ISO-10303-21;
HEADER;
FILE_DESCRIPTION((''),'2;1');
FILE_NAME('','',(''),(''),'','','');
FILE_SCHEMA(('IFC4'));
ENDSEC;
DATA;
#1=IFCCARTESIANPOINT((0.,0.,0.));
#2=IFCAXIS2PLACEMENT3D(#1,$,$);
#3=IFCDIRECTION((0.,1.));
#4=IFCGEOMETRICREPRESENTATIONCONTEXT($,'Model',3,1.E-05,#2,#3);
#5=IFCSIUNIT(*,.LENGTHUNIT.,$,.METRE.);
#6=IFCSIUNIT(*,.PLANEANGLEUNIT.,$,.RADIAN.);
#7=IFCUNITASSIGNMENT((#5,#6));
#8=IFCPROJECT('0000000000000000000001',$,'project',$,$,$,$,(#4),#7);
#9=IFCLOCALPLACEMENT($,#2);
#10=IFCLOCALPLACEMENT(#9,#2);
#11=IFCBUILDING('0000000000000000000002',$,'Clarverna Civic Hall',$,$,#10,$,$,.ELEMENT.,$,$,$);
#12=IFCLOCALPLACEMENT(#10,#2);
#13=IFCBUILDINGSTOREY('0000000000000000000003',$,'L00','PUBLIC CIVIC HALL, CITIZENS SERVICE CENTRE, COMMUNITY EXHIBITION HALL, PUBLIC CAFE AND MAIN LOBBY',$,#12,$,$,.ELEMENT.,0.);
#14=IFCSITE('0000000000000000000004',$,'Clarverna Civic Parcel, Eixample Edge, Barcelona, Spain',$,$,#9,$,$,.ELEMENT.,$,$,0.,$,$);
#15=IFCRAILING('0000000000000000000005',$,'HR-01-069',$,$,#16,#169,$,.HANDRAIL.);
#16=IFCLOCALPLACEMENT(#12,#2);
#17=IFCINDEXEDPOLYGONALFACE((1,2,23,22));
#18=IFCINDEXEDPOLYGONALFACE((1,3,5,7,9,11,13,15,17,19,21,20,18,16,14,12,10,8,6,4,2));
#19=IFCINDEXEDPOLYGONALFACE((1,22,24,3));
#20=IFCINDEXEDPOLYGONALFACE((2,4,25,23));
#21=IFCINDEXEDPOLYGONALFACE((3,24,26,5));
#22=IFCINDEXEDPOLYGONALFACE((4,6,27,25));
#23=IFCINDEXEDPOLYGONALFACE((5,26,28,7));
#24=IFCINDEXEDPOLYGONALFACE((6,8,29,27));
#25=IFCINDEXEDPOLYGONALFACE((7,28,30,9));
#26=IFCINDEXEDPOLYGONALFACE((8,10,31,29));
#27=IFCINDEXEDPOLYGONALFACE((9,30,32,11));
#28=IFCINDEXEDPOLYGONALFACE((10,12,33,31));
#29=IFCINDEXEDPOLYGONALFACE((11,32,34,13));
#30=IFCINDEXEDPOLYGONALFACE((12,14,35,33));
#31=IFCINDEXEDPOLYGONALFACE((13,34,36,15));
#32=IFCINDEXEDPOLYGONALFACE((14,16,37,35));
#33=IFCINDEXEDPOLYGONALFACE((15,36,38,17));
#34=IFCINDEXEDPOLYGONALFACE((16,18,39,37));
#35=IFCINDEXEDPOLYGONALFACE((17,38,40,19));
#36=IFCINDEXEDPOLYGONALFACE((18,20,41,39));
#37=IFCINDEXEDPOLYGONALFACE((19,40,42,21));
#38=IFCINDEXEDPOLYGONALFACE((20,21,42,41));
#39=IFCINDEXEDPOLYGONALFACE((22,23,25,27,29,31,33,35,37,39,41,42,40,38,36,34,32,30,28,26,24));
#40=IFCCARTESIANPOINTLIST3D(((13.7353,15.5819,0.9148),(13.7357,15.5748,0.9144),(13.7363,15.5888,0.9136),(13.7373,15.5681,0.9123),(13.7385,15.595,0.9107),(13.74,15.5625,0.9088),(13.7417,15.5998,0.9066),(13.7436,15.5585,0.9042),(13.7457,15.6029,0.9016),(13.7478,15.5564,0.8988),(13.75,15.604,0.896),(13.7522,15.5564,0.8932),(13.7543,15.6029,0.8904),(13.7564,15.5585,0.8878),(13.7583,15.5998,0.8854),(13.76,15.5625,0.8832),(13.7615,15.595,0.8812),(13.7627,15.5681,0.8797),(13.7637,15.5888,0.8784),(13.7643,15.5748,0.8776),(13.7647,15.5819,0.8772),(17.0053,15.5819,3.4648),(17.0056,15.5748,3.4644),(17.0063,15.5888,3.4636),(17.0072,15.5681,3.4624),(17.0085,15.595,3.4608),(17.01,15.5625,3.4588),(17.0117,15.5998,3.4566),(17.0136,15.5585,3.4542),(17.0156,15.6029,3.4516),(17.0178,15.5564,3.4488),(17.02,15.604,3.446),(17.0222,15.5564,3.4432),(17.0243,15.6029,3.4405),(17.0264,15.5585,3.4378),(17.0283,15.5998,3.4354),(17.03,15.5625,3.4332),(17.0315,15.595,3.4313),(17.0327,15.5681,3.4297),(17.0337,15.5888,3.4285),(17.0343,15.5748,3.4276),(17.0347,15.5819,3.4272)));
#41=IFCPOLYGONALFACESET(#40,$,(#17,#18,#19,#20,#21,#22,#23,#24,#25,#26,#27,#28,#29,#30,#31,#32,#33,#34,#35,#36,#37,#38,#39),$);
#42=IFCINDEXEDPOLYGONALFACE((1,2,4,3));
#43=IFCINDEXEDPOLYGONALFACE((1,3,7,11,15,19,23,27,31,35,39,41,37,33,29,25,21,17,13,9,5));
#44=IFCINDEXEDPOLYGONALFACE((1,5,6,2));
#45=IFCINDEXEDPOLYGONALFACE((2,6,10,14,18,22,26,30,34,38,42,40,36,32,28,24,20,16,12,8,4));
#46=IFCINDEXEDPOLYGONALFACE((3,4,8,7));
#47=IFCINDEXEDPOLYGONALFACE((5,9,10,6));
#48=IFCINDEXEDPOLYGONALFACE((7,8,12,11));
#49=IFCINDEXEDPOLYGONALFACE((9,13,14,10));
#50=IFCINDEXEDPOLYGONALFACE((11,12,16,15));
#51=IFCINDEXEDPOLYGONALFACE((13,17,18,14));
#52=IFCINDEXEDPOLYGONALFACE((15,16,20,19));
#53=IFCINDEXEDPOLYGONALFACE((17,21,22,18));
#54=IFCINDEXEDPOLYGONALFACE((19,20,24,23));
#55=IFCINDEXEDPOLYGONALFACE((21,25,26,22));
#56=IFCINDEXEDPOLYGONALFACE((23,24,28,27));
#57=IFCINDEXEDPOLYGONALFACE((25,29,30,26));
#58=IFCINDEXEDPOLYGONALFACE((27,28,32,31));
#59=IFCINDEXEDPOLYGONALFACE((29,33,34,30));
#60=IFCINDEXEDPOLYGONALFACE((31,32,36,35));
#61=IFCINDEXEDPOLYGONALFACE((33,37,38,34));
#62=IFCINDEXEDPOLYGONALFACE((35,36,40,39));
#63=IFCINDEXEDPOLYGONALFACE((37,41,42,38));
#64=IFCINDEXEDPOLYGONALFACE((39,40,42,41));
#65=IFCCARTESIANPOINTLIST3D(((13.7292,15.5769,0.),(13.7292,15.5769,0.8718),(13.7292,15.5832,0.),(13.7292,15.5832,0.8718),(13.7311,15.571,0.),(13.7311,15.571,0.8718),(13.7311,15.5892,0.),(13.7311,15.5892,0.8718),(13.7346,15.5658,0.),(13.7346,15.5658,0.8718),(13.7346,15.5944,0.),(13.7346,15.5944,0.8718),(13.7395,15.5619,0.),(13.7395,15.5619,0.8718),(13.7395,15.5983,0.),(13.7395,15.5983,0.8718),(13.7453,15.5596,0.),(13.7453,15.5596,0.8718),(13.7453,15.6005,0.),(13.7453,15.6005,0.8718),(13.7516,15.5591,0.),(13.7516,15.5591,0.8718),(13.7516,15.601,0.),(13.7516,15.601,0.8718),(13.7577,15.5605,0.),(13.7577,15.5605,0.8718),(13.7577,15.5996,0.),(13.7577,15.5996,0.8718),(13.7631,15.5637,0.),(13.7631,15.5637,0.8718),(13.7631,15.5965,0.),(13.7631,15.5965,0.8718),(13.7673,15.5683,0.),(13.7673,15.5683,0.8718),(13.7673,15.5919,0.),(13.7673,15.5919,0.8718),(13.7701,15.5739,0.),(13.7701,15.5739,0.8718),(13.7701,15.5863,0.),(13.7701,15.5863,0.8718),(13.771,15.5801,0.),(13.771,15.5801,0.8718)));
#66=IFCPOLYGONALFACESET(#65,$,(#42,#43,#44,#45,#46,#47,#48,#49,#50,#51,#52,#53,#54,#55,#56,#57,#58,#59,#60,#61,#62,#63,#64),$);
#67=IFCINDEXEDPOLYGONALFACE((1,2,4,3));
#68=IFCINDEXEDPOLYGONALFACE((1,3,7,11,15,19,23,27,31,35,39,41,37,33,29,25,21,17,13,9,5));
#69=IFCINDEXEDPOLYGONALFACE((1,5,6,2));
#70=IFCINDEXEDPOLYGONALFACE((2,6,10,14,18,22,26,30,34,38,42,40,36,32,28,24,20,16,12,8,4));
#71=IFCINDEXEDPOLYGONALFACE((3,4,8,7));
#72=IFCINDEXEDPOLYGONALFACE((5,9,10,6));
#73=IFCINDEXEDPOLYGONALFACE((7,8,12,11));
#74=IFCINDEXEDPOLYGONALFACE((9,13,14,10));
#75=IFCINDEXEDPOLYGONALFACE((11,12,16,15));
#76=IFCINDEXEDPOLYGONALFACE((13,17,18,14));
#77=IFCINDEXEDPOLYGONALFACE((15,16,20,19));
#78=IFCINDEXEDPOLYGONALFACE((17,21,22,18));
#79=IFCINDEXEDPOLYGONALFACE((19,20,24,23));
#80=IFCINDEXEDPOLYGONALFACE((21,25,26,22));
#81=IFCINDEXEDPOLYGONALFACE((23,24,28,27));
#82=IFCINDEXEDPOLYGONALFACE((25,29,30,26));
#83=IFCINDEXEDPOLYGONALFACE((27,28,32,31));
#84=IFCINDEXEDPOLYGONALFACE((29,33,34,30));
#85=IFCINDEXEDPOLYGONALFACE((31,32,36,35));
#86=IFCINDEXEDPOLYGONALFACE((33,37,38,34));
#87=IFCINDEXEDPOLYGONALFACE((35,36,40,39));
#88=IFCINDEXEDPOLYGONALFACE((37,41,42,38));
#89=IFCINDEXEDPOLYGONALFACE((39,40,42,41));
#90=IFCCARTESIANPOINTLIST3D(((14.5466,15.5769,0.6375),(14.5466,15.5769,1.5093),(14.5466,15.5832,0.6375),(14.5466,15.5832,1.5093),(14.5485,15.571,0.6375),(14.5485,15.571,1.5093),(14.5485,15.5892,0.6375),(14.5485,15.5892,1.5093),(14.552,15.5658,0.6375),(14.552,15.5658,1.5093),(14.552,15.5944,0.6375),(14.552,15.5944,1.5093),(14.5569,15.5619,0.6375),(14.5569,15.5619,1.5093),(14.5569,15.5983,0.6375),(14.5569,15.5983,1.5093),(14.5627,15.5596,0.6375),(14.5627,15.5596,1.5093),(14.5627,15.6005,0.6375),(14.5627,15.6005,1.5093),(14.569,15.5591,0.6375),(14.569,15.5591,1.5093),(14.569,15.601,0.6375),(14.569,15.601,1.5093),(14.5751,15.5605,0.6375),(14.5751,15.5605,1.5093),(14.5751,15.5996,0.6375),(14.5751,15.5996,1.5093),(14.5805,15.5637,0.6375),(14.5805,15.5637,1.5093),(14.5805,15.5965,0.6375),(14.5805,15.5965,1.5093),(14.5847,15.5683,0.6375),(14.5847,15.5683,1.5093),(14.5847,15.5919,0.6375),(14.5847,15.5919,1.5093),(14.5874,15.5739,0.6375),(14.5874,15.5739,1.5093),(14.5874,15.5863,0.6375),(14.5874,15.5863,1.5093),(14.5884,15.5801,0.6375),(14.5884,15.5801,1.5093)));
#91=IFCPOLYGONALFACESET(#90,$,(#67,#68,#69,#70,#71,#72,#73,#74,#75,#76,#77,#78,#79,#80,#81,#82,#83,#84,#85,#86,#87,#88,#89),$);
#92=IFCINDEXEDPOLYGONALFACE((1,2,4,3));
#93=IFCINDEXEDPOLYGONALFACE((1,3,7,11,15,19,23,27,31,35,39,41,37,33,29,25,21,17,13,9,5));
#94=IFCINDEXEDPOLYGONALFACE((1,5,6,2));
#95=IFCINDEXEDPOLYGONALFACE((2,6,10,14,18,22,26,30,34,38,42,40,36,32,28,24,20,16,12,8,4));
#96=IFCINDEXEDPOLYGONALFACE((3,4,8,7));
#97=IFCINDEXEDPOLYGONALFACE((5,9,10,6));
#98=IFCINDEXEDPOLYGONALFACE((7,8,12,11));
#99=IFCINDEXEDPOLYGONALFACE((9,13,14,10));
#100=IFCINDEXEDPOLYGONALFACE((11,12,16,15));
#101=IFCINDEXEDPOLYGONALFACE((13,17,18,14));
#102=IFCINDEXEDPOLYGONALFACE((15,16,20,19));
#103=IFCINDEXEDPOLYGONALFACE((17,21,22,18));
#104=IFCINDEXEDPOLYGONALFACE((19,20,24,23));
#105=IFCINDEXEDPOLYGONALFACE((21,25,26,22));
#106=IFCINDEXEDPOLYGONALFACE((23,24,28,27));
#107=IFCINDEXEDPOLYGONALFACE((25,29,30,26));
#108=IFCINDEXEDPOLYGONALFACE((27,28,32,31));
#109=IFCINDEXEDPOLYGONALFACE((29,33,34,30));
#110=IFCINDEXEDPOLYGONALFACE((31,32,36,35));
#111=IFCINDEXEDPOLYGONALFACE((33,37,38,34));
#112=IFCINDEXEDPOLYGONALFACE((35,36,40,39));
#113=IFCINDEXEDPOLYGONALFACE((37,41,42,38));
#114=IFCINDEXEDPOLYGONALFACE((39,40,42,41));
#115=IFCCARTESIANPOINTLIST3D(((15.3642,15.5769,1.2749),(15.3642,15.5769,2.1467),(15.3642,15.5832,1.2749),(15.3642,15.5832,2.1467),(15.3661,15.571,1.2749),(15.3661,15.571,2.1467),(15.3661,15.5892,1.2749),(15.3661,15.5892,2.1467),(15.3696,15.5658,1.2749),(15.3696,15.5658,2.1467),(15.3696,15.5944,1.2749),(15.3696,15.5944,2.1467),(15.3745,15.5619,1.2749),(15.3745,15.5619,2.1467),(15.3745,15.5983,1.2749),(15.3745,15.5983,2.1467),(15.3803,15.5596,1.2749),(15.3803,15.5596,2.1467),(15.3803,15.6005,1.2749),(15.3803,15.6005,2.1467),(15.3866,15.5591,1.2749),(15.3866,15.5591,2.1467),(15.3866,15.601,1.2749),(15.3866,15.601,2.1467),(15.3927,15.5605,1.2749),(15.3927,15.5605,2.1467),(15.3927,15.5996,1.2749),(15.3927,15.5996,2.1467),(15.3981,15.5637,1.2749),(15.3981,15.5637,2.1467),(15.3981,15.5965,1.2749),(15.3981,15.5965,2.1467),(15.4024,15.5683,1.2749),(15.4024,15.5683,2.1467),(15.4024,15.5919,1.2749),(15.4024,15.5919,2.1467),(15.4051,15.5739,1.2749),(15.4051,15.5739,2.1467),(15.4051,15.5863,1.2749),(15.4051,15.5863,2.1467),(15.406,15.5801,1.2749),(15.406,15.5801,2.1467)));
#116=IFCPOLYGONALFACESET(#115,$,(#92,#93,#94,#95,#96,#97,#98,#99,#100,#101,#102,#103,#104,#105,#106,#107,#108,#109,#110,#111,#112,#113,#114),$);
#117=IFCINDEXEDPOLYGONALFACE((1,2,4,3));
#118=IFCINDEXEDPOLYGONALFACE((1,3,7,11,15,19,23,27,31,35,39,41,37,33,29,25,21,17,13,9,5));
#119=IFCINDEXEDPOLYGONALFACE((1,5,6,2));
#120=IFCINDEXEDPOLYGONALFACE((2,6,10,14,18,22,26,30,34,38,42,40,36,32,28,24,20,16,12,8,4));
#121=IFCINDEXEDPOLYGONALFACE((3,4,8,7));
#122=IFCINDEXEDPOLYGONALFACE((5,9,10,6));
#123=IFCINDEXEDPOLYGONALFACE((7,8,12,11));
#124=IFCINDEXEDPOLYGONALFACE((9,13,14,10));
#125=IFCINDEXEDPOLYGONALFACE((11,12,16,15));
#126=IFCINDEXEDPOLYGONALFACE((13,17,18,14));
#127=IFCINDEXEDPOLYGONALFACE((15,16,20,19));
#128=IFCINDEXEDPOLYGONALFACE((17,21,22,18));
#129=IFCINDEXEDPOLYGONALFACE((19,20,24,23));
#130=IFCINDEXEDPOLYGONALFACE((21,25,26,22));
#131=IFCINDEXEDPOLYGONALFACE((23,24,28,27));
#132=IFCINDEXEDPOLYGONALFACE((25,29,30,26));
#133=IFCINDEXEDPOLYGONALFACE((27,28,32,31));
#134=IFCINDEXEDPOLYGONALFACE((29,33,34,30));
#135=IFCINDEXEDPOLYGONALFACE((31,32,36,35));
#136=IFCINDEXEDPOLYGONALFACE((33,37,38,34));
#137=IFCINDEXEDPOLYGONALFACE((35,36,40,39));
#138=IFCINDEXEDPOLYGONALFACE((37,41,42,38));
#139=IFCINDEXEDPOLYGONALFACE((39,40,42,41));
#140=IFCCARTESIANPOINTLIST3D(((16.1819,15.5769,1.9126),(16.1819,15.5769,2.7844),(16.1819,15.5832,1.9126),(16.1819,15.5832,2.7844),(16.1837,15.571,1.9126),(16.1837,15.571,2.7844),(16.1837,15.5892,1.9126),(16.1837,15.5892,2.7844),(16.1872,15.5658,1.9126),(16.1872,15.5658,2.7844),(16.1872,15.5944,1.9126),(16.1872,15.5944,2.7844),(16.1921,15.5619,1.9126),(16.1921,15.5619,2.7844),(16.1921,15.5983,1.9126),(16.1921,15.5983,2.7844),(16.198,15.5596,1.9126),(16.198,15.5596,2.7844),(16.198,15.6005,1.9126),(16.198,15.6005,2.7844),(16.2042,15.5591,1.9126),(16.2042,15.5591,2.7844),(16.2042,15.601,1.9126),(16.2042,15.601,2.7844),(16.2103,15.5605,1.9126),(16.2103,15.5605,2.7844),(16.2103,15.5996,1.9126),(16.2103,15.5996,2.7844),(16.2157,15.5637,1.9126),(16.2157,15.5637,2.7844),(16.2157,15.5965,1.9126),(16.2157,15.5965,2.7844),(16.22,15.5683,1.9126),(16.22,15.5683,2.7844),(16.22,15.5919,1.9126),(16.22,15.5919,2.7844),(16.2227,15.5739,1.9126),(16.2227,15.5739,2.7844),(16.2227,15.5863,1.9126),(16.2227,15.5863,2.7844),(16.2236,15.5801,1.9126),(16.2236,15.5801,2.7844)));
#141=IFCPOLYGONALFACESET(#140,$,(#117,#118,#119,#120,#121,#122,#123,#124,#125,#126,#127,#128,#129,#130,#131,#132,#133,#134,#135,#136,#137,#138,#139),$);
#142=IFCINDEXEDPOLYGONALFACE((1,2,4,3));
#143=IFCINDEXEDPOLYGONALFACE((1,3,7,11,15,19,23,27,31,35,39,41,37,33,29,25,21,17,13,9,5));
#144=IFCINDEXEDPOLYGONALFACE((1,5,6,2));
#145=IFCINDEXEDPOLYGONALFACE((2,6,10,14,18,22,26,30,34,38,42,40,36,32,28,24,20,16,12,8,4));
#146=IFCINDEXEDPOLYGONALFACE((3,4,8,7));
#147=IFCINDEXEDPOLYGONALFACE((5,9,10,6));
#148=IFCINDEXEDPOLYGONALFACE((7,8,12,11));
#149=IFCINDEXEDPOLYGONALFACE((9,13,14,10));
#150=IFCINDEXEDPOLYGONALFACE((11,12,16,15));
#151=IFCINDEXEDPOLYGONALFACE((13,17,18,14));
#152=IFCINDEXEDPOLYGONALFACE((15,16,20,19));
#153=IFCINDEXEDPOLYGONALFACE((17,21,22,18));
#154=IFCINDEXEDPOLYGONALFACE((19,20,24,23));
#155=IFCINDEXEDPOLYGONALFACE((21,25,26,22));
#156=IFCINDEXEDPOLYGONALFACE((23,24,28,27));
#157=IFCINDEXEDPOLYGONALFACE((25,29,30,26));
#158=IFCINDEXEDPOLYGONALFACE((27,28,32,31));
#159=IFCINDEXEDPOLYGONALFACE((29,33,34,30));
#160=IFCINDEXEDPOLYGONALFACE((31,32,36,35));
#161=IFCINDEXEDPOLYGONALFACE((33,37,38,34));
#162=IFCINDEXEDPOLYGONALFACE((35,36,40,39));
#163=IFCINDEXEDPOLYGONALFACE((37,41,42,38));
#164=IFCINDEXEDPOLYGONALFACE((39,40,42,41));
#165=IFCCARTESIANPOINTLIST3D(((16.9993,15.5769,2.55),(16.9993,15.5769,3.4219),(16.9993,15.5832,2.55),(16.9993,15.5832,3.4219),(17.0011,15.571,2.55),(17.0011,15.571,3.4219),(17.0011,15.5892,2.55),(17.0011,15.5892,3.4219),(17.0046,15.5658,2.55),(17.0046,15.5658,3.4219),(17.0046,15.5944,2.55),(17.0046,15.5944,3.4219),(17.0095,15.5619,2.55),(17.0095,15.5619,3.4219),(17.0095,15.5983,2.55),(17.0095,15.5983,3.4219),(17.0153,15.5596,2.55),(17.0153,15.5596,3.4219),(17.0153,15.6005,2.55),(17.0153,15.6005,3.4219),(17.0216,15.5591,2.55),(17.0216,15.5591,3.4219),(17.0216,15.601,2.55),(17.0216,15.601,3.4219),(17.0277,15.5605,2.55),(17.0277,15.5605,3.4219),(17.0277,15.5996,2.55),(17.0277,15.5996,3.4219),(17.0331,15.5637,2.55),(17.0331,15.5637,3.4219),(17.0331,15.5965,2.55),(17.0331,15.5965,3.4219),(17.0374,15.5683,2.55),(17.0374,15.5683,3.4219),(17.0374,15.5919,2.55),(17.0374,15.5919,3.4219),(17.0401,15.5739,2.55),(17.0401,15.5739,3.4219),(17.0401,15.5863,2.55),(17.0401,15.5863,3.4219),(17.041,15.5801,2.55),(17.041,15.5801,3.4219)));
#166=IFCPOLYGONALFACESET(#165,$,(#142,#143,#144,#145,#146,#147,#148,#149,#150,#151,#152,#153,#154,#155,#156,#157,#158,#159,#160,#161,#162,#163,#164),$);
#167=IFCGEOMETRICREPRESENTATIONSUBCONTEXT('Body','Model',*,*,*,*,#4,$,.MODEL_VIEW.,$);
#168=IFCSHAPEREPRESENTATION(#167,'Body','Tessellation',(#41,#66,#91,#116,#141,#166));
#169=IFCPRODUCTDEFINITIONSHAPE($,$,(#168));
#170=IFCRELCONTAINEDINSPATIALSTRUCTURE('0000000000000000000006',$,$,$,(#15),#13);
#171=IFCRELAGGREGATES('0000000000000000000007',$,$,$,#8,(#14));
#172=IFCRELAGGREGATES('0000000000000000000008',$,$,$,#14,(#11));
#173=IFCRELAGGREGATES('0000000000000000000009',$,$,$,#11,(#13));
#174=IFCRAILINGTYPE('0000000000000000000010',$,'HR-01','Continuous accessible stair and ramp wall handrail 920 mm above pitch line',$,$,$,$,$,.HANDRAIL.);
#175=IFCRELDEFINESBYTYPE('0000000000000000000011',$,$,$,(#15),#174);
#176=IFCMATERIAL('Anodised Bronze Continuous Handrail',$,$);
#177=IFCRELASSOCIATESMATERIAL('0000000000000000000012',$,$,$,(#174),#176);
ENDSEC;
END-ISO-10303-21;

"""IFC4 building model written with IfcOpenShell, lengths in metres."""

from ifc_helpers import new_model, si_unit, direction, frame, origin, origin_2d, place, context, subcontext, project, spatial, circle, extrude, material, type_object, element, save


model = new_model("IFC4")

# Units and contexts
model_context = context("Model", 3, precision=1e-05, world=origin(), true_north=direction((0.0, 1.0)))
body_context = subcontext(model_context, "Body", "Model", "MODEL_VIEW")
ifc_project = project(units=[si_unit("LENGTHUNIT", "METRE"), si_unit("PLANEANGLEUNIT", "RADIAN")], contexts=[model_context])

# Site, building, storey
site_placement = place(None, origin())
site = spatial("IfcSite", under=ifc_project, at=site_placement, Name="Clarverna Civic Parcel, Eixample Edge, Barcelona, Spain", CompositionType="ELEMENT", RefElevation=0.0)
building_placement = place(site_placement, origin())
building = spatial("IfcBuilding", under=site, at=building_placement, Name="Clarverna Civic Hall", CompositionType="ELEMENT")
storey_placement = place(building_placement, origin())
storey = spatial("IfcBuildingStorey", under=building, at=storey_placement, Name="L00", Description="PUBLIC CIVIC HALL, CITIZENS SERVICE CENTRE, COMMUNITY EXHIBITION HALL, PUBLIC CAFE AND MAIN LOBBY", CompositionType="ELEMENT", Elevation=0.0)

# Railing
ifc_material_1 = material(Name="Anodised Bronze Continuous Handrail")
railing_type_1 = type_object("IfcRailingType", Name="HR-01", Description="Continuous accessible stair and ramp wall handrail 920 mm above pitch line", PredefinedType="HANDRAIL", material=ifc_material_1)
railing_1_placement = place(storey_placement, frame((13.75, 15.5801, 0.0)))
element("IfcRailing", 1, at=railing_1_placement, inside=storey, type_object=railing_type_1, Name="HR-01-069", PredefinedType="HANDRAIL", context=body_context, shape_type="SweptSolid", body=[
    extrude(circle(Radius=0.0239, at=origin_2d()), frame((0.0, 0.0, 0.896), z_axis=(0.788569, 0.0, 0.614947), x_axis=(0.0, 1.0, 0.0)), (0.0, 0.0, 1.0), 4.1467),
    extrude(circle(Radius=0.021, at=origin_2d()), origin(), (0.0, 0.0, 1.0), 0.8718),
    extrude(circle(Radius=0.021, at=origin_2d()), frame((0.8174, 0.0, 0.6375)), (0.0, 0.0, 1.0), 0.8718),
    extrude(circle(Radius=0.021, at=origin_2d()), frame((1.635, 0.0, 1.2749)), (0.0, 0.0, 1.0), 0.8718),
    extrude(circle(Radius=0.021, at=origin_2d()), frame((2.4526, 0.0, 1.9126)), (0.0, 0.0, 1.0), 0.8718),
    extrude(circle(Radius=0.021, at=origin_2d()), frame((3.27, 0.0, 2.55)), (0.0, 0.0, 1.0), 0.8718),
])

save(model, "model.ifc")
